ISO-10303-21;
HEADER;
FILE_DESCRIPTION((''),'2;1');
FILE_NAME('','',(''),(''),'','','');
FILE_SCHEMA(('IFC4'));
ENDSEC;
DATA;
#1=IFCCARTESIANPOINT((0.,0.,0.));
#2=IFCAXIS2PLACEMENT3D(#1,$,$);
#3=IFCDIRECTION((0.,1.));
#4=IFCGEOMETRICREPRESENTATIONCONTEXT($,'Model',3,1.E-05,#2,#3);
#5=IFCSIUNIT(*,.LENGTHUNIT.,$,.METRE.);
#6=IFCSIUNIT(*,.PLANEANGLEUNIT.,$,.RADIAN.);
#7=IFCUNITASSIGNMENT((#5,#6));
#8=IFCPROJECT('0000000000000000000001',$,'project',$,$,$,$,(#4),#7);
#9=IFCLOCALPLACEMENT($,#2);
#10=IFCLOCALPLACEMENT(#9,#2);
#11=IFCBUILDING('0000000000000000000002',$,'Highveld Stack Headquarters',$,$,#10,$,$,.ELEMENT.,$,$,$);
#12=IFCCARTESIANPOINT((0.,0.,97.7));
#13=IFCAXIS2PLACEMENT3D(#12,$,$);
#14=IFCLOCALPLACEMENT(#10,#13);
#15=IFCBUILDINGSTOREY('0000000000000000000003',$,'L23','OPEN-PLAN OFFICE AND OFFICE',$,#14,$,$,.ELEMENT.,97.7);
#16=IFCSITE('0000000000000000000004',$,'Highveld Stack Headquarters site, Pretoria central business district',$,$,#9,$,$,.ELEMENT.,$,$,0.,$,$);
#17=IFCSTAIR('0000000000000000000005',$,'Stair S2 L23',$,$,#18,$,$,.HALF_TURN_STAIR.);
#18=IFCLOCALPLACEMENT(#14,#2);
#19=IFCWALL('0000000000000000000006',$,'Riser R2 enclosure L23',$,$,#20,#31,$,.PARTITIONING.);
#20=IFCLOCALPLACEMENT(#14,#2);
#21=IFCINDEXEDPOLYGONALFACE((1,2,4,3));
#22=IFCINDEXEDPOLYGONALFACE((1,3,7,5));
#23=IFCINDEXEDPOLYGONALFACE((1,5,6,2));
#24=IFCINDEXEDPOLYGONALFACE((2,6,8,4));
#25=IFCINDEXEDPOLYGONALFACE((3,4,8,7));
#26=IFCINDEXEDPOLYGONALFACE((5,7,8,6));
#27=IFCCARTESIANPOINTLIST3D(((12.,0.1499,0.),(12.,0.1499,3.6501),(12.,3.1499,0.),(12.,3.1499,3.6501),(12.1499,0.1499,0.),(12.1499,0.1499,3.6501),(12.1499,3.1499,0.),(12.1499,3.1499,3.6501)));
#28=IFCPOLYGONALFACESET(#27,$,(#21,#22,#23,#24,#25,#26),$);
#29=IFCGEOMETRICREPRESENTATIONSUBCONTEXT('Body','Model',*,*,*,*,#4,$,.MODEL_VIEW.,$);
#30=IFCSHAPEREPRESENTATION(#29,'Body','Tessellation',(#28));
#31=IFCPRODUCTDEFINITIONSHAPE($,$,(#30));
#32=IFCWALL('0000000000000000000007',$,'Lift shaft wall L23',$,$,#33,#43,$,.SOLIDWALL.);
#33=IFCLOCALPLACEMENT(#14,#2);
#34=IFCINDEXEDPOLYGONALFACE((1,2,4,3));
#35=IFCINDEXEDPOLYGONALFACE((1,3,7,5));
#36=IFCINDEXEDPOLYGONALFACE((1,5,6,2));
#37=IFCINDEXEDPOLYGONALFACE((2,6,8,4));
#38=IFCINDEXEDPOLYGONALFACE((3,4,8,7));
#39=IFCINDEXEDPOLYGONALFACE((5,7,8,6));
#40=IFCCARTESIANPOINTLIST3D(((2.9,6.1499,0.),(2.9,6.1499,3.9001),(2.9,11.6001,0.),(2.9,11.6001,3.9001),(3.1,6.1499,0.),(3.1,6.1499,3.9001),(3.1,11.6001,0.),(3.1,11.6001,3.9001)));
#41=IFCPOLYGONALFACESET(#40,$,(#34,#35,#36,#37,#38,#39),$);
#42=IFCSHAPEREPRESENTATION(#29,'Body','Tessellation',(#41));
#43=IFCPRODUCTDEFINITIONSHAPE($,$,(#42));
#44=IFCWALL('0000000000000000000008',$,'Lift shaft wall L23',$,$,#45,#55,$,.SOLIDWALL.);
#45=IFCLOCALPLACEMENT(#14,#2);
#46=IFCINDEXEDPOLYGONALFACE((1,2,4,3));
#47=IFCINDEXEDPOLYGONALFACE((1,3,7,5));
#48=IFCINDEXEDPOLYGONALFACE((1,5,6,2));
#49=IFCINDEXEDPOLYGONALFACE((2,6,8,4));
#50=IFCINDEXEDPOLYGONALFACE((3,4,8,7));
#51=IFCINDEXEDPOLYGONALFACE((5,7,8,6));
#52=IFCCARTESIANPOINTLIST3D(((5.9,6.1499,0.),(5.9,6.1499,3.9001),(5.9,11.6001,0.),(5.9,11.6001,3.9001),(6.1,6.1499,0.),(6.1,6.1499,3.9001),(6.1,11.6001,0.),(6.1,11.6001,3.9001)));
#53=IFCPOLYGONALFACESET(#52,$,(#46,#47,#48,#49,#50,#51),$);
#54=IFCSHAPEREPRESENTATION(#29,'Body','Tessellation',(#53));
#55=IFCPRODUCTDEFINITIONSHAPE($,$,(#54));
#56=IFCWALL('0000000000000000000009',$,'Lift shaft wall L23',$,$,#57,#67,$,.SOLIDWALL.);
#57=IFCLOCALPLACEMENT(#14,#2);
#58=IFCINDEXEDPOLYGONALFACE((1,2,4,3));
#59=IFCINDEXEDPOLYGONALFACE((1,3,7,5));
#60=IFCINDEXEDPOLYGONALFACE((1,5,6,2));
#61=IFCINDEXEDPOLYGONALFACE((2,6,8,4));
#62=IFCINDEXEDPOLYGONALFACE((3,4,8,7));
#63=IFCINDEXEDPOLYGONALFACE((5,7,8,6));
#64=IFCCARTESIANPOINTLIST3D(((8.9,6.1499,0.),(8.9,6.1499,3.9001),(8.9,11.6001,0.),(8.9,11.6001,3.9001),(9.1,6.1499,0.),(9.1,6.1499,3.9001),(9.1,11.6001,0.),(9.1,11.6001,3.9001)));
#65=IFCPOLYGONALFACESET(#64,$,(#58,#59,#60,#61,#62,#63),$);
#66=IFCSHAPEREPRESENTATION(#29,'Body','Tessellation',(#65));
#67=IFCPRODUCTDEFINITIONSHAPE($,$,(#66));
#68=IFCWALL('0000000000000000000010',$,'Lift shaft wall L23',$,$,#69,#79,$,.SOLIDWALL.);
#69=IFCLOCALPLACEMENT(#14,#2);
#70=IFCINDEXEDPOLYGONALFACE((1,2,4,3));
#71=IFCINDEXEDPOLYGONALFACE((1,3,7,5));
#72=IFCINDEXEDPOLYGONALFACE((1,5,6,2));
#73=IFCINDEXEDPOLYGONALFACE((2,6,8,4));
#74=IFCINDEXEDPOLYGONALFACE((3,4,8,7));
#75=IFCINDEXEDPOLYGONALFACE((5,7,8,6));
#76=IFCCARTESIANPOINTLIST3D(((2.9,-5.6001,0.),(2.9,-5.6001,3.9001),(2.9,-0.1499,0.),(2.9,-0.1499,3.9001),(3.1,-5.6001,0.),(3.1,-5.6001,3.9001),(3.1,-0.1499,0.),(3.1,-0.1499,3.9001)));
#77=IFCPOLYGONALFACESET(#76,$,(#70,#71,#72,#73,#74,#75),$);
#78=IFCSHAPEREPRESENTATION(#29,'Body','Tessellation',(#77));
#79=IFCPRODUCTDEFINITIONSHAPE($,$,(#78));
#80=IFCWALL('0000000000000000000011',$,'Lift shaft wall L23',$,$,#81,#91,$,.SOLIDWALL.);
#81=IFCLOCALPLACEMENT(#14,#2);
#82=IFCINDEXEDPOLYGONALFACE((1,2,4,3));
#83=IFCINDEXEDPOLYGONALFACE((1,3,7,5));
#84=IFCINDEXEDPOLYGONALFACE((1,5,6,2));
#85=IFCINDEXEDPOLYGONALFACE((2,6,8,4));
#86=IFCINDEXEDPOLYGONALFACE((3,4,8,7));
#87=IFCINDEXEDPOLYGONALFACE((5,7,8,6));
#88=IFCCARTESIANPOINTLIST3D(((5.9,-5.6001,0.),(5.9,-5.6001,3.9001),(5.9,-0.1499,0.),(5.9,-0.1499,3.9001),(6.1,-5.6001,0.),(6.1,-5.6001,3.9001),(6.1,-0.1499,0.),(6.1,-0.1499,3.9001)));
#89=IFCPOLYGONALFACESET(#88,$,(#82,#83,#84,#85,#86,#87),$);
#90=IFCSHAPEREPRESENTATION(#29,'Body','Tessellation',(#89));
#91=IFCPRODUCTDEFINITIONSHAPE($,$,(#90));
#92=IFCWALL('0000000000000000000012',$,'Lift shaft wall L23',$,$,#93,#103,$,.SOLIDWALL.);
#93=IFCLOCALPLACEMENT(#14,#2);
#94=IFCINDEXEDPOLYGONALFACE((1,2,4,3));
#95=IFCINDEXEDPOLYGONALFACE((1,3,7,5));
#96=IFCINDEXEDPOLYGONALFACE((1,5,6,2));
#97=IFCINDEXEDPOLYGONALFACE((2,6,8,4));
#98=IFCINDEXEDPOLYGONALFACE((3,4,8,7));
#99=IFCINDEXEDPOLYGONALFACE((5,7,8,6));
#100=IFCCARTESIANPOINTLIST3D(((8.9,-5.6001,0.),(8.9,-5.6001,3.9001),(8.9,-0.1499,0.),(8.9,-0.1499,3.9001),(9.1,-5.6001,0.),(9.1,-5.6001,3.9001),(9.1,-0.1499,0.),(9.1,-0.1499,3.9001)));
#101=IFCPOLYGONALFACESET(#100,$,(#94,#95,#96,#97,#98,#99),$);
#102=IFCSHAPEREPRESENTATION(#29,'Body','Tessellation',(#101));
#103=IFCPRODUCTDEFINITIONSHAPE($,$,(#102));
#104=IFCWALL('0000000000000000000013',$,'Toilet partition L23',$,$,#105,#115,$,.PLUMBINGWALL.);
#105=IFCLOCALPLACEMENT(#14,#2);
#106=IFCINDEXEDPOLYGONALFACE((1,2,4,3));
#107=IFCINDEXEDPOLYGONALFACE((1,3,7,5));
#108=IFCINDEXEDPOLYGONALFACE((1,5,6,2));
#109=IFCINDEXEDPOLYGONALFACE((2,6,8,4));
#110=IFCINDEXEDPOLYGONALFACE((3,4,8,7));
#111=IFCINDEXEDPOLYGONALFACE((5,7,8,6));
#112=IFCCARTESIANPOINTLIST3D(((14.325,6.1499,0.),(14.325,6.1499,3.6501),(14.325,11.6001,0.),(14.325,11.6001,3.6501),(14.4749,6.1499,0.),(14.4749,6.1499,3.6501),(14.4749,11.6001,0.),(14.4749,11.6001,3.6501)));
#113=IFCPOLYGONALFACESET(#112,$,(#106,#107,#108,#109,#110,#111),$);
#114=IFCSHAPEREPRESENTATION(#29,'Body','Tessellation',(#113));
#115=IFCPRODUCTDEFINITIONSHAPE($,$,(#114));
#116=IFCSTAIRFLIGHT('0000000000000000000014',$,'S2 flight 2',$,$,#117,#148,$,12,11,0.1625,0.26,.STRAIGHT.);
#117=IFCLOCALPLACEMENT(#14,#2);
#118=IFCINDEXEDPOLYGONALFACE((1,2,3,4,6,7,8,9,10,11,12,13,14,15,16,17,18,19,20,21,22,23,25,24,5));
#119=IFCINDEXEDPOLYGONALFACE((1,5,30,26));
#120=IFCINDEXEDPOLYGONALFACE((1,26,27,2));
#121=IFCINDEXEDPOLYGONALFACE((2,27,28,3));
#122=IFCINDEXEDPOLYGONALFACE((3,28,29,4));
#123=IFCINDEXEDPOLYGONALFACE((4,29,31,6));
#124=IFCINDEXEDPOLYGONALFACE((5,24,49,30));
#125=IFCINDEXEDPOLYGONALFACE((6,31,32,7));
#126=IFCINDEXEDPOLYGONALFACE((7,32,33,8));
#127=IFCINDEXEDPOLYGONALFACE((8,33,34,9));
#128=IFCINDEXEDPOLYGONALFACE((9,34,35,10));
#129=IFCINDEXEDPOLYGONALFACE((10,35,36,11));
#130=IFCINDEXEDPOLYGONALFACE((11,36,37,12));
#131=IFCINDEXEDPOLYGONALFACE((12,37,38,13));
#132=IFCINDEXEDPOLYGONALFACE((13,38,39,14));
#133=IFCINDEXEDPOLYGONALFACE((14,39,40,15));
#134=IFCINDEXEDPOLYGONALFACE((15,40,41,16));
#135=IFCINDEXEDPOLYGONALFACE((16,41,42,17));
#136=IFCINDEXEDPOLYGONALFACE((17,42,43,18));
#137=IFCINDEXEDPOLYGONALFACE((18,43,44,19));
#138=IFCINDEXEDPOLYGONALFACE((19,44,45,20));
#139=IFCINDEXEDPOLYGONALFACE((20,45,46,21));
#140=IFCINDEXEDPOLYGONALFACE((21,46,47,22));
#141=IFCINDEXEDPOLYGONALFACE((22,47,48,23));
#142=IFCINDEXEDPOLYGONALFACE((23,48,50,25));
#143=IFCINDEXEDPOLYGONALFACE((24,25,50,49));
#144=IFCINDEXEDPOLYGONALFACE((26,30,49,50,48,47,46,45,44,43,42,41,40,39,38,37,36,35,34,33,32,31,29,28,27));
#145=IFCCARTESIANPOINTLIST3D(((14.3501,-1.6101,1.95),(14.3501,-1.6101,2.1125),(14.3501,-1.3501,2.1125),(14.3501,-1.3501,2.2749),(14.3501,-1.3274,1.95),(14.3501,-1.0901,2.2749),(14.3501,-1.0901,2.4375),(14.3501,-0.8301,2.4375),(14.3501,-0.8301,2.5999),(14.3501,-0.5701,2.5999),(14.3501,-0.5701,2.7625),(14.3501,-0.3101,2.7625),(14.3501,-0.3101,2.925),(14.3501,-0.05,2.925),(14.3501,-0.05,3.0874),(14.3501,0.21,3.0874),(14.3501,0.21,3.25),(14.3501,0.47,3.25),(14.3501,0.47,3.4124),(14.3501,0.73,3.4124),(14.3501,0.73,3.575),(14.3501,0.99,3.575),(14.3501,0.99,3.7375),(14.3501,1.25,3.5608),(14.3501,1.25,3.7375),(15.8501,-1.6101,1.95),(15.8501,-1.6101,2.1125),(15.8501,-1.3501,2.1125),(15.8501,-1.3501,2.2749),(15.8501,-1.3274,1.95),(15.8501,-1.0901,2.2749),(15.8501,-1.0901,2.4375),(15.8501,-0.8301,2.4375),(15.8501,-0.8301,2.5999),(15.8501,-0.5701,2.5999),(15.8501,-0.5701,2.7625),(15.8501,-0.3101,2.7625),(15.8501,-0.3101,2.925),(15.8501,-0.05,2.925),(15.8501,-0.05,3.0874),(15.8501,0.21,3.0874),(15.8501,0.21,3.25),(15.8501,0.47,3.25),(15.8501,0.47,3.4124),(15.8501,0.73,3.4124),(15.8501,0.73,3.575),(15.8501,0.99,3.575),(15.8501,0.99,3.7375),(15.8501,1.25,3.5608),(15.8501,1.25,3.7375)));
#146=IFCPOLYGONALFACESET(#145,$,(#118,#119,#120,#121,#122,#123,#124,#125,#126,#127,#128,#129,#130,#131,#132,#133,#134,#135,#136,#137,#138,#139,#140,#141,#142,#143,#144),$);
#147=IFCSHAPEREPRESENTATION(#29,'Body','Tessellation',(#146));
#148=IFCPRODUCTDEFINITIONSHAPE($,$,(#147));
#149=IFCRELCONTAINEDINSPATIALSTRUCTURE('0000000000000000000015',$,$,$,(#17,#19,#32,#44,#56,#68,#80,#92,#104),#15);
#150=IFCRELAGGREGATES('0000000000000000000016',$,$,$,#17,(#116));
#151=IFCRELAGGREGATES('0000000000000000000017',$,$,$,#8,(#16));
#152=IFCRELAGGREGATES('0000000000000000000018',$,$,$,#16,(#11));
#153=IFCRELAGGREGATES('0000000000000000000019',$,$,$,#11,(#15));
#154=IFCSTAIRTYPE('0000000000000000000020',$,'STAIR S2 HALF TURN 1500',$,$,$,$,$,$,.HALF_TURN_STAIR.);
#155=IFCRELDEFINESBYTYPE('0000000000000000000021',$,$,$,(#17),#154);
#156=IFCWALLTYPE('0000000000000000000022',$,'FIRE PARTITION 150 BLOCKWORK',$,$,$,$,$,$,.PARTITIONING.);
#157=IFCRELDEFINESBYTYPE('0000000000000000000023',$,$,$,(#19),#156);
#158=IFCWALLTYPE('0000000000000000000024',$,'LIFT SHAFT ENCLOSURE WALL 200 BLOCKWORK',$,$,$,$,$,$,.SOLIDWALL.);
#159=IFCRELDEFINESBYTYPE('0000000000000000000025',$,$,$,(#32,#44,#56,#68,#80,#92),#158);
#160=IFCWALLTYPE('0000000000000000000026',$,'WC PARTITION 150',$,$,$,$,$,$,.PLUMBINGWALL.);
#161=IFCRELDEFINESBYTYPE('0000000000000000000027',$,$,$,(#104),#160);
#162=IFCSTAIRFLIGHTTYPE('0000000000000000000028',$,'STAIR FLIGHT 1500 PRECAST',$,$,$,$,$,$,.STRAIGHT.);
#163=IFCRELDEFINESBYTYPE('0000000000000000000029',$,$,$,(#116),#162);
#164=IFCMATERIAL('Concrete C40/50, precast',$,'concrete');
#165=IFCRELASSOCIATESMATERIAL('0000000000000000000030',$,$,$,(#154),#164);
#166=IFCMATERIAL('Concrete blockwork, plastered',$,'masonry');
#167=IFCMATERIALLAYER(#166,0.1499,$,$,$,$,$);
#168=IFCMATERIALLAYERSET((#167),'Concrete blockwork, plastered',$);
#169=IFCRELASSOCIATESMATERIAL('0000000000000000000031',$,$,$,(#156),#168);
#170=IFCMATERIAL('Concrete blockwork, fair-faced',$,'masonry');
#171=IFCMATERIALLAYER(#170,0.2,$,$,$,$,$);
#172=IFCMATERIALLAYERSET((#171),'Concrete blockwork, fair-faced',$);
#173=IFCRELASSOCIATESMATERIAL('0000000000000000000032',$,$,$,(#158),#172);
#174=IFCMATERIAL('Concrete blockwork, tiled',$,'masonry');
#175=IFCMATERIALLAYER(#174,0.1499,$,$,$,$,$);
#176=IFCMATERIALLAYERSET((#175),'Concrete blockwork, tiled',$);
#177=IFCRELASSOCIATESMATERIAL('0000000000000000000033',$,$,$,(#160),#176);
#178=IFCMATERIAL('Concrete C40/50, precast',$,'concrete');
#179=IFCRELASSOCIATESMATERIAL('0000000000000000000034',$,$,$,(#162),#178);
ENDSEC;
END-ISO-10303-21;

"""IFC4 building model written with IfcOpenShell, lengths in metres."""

from ifc_helpers import new_model, si_unit, direction, frame, frame_2d, origin, place, context, subcontext, project, spatial, polyline, rectangle, outline, extrude, material, layer, layer_set, type_object, element, aggregate, save


model = new_model("IFC4")

# Units and contexts
model_context = context("Model", 3, precision=1e-05, world=origin(), true_north=direction((0.0, 1.0)))
body_context = subcontext(model_context, "Body", "Model", "MODEL_VIEW")
ifc_project = project(units=[si_unit("LENGTHUNIT", "METRE"), si_unit("PLANEANGLEUNIT", "RADIAN")], contexts=[model_context])

# Site, building, storey
site_placement = place(None, origin())
site = spatial("IfcSite", under=ifc_project, at=site_placement, Name="Highveld Stack Headquarters site, Pretoria central business district", CompositionType="ELEMENT", RefElevation=0.0)
building_placement = place(site_placement, origin())
building = spatial("IfcBuilding", under=site, at=building_placement, Name="Highveld Stack Headquarters", CompositionType="ELEMENT")
storey_placement = place(building_placement, frame((0.0, 0.0, 97.7)))
storey = spatial("IfcBuildingStorey", under=building, at=storey_placement, Name="L23", Description="OPEN-PLAN OFFICE AND OFFICE", CompositionType="ELEMENT", Elevation=97.7)

# Stair
ifc_material_1 = material(Name="Concrete C40/50, precast", Category="concrete")
stair_type_1 = type_object("IfcStairType", Name="STAIR S2 HALF TURN 1500", PredefinedType="HALF_TURN_STAIR", material=ifc_material_1)
stair_1_placement = place(storey_placement, origin())
stair_1 = element("IfcStair", 1, at=stair_1_placement, inside=storey, type_object=stair_type_1, Name="Stair S2 L23", PredefinedType="HALF_TURN_STAIR")

# Walls
ifc_material_2 = material(Name="Concrete blockwork, plastered", Category="masonry")
ifc_layer_1 = layer(ifc_material_2, 0.1499)
ifc_layer_set_1 = layer_set([ifc_layer_1], Name="Concrete blockwork, plastered")
wall_type_1 = type_object("IfcWallType", Name="FIRE PARTITION 150 BLOCKWORK", PredefinedType="PARTITIONING", material=ifc_layer_set_1)
wall_1_placement = place(storey_placement, frame((12.075, 0.1499, 0.0), z_axis=(0.0, 0.0, 1.0), x_axis=(0.0, 1.0, 0.0)))
element("IfcWall", 2, at=wall_1_placement, inside=storey, type_object=wall_type_1, Name="Riser R2 enclosure L23", PredefinedType="PARTITIONING", context=body_context, shape_type="SweptSolid", body=[
    extrude(rectangle(XDim=3.0, YDim=0.1499, at=frame_2d((1.5, 0.0))), origin(), (0.0, 0.0, 1.0), 3.6501),
])
ifc_material_3 = material(Name="Concrete blockwork, fair-faced", Category="masonry")
ifc_layer_2 = layer(ifc_material_3, 0.2)
ifc_layer_set_2 = layer_set([ifc_layer_2], Name="Concrete blockwork, fair-faced")
wall_type_2 = type_object("IfcWallType", Name="LIFT SHAFT ENCLOSURE WALL 200 BLOCKWORK", PredefinedType="SOLIDWALL", material=ifc_layer_set_2)
for number, where, z_axis, x_axis, name in (
    (3, (3.0, 6.1499, 0.0), (0.0, 0.0, 1.0), (0.0, 1.0, 0.0), "Lift shaft wall L23"),
    (4, (6.0, 6.1499, 0.0), (0.0, 0.0, 1.0), (0.0, 1.0, 0.0), "Lift shaft wall L23"),
    (5, (9.0, 6.1499, 0.0), (0.0, 0.0, 1.0), (0.0, 1.0, 0.0), "Lift shaft wall L23"),
    (6, (3.0, -5.6001, 0.0), (0.0, 0.0, 1.0), (0.0, 1.0, 0.0), "Lift shaft wall L23"),
    (7, (6.0, -5.6001, 0.0), (0.0, 0.0, 1.0), (0.0, 1.0, 0.0), "Lift shaft wall L23"),
    (8, (9.0, -5.6001, 0.0), (0.0, 0.0, 1.0), (0.0, 1.0, 0.0), "Lift shaft wall L23"),
):
    element("IfcWall", number, at=place(storey_placement, frame(where, z_axis=z_axis, x_axis=x_axis)), inside=storey, type_object=wall_type_2, Name=name, PredefinedType="SOLIDWALL", context=body_context, shape_type="SweptSolid", body=[
        extrude(rectangle(XDim=5.4502, YDim=0.2, at=frame_2d((2.7251, 0.0))), origin(), (0.0, 0.0, 1.0), 3.9001),
    ])
ifc_material_4 = material(Name="Concrete blockwork, tiled", Category="masonry")
ifc_layer_3 = layer(ifc_material_4, 0.1499)
ifc_layer_set_3 = layer_set([ifc_layer_3], Name="Concrete blockwork, tiled")
wall_type_3 = type_object("IfcWallType", Name="WC PARTITION 150", PredefinedType="PLUMBINGWALL", material=ifc_layer_set_3)
wall_2_placement = place(storey_placement, frame((14.3999, 6.1499, 0.0), z_axis=(0.0, 0.0, 1.0), x_axis=(0.0, 1.0, 0.0)))
element("IfcWall", 9, at=wall_2_placement, inside=storey, type_object=wall_type_3, Name="Toilet partition L23", PredefinedType="PLUMBINGWALL", context=body_context, shape_type="SweptSolid", body=[
    extrude(rectangle(XDim=5.4502, YDim=0.1499, at=frame_2d((2.7251, 0.0))), origin(), (0.0, 0.0, 1.0), 3.6501),
])

# Stair flight
ifc_material_5 = material(Name="Concrete C40/50, precast", Category="concrete")
stair_flight_type = type_object("IfcStairFlightType", Name="STAIR FLIGHT 1500 PRECAST", PredefinedType="STRAIGHT", material=ifc_material_5)
stair_flight_placement = place(storey_placement, frame((15.1001, -1.6101, 1.95), z_axis=(0.0, 0.0, 1.0), x_axis=(0.0, 1.0, 0.0)))
stair_flight = element("IfcStairFlight", 10, at=stair_flight_placement, type_object=stair_flight_type, Name="S2 flight 2", NumberOfRisers=12, NumberOfTreads=11, PredefinedType="STRAIGHT", RiserHeight=0.1625, TreadLength=0.26, context=body_context, shape_type="SweptSolid", body=[
    extrude(outline(polyline([(0.0, 0.0), (0.0, 0.1626), (0.26, 0.1626), (0.26, 0.325), (0.52, 0.325), (0.52, 0.4875), (0.78, 0.4875), (0.78, 0.6499), (1.04, 0.6499), (1.04, 0.8125), (1.3, 0.8125), (1.3, 0.9751), (1.5601, 0.9751), (1.5601, 1.1375), (1.8201, 1.1375), (1.8201, 1.3), (2.0801, 1.3), (2.0801, 1.4624), (2.3401, 1.4624), (2.3401, 1.625), (2.6001, 1.625), (2.6001, 1.7876), (2.8601, 1.7876), (2.8601, 1.95), (2.8601, 1.6108), (0.2827, 0.0), (0.0, 0.0)])), frame((0.0, 0.75, 0.0), z_axis=(0.0, -1.0, 0.0), x_axis=(1.0, 0.0, 0.0)), (0.0, 0.0, 1.0), 1.5),
])
aggregate(stair_1, [stair_flight])

save(model, "model.ifc")
